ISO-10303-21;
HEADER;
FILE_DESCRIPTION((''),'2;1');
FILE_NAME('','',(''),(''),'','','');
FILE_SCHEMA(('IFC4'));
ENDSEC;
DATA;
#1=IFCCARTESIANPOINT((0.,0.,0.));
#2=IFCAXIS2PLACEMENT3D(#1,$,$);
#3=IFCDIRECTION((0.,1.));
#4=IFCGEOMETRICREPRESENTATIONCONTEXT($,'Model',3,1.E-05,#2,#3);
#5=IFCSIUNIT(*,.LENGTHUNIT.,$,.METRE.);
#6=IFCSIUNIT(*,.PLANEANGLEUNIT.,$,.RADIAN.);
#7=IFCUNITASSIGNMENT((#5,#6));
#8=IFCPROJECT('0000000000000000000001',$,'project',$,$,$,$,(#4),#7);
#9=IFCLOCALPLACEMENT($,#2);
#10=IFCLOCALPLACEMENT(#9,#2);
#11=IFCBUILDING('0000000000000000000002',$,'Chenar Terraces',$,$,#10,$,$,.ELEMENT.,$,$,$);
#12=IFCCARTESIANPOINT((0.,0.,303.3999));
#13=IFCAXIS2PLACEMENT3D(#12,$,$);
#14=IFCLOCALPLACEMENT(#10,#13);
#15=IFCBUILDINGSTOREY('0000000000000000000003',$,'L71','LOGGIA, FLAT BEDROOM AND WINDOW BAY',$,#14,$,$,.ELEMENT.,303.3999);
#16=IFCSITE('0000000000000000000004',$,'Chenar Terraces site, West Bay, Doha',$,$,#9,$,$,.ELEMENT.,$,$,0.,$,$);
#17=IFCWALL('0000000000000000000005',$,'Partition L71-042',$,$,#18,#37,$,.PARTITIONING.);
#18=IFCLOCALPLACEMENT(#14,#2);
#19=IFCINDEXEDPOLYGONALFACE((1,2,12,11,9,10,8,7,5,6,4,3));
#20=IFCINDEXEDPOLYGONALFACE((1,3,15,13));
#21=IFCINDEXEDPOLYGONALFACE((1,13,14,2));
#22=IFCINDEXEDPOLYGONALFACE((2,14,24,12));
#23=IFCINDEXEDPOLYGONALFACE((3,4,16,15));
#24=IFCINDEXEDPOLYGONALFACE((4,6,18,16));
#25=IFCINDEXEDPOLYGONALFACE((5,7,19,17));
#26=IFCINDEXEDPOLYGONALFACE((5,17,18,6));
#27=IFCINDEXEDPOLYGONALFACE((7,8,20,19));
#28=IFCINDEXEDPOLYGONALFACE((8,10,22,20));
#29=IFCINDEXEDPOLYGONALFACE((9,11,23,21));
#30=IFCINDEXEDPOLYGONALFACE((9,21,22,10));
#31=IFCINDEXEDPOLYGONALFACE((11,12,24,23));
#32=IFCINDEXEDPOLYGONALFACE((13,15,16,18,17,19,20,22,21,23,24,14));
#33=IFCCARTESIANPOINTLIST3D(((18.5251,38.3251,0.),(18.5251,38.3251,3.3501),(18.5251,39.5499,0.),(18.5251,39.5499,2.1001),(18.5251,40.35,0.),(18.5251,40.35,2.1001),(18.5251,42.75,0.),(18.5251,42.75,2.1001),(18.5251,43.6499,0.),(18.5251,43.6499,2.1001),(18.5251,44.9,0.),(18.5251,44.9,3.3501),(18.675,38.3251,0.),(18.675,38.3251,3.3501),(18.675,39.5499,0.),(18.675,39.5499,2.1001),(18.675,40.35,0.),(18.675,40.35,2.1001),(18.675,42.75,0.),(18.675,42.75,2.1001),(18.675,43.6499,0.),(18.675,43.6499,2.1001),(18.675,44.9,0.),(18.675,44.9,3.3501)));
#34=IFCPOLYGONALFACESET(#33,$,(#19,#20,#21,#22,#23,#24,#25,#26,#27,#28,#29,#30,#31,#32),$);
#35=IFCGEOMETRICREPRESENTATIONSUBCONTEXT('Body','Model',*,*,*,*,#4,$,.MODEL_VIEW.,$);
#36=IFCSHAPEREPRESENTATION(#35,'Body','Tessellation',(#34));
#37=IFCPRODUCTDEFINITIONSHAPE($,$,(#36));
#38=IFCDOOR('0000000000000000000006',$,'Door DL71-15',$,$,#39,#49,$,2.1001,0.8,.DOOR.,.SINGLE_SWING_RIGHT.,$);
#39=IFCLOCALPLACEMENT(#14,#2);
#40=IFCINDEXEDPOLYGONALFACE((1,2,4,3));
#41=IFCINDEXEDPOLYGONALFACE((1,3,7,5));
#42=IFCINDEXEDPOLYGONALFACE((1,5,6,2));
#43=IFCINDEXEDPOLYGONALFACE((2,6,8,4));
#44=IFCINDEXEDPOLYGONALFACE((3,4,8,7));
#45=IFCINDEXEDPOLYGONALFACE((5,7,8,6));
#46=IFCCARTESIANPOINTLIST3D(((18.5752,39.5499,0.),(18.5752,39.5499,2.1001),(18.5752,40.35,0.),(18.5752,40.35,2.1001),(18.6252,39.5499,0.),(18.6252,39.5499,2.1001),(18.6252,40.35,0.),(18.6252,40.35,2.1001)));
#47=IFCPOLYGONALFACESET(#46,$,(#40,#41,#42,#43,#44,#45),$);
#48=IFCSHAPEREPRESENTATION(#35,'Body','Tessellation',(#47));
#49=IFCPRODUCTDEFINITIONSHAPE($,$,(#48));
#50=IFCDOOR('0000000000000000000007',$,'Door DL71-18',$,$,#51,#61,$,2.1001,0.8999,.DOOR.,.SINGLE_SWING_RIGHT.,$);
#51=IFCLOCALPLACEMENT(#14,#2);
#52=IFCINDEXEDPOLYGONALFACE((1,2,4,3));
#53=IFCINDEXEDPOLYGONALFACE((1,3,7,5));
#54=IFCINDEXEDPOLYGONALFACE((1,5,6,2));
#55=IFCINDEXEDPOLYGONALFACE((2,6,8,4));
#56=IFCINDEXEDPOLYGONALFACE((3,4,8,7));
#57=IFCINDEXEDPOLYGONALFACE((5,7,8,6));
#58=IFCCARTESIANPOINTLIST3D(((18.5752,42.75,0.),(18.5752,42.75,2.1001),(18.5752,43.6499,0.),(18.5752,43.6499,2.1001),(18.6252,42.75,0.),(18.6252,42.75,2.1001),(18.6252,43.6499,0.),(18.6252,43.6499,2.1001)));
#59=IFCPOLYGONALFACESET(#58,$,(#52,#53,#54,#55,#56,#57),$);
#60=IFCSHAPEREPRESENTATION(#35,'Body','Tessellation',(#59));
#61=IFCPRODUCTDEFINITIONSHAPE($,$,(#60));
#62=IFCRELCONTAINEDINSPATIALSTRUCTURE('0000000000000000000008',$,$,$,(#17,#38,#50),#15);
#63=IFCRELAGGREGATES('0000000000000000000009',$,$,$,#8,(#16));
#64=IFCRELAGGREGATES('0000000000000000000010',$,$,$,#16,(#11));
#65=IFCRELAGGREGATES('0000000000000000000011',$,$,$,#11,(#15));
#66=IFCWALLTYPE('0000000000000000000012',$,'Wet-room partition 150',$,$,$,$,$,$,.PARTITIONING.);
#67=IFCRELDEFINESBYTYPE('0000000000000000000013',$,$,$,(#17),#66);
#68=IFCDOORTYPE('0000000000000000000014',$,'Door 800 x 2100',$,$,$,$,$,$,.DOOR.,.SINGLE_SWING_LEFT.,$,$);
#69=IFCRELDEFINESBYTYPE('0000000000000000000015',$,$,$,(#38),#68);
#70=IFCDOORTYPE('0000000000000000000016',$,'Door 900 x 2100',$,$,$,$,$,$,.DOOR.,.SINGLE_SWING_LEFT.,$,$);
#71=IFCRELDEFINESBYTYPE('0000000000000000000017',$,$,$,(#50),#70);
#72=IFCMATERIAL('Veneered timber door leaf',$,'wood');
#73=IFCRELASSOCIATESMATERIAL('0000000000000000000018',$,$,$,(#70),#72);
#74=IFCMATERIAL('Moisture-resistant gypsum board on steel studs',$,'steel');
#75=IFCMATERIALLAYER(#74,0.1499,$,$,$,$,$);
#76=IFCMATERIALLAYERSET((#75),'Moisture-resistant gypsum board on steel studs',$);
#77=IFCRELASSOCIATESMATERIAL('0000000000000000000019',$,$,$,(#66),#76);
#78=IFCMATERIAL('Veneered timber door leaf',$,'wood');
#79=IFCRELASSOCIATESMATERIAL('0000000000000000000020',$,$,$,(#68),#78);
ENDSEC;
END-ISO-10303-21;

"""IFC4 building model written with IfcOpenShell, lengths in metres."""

from ifc_helpers import new_model, si_unit, direction, frame, frame_2d, origin, place, context, subcontext, project, spatial, rectangle, extrude, material, layer, layer_set, type_object, element, fill, save


model = new_model("IFC4")

# Units and contexts
model_context = context("Model", 3, precision=1e-05, world=origin(), true_north=direction((0.0, 1.0)))
body_context = subcontext(model_context, "Body", "Model", "MODEL_VIEW")
ifc_project = project(units=[si_unit("LENGTHUNIT", "METRE"), si_unit("PLANEANGLEUNIT", "RADIAN")], contexts=[model_context])

# Site, building, storey
site_placement = place(None, origin())
site = spatial("IfcSite", under=ifc_project, at=site_placement, Name="Chenar Terraces site, West Bay, Doha", CompositionType="ELEMENT", RefElevation=0.0)
building_placement = place(site_placement, origin())
building = spatial("IfcBuilding", under=site, at=building_placement, Name="Chenar Terraces", CompositionType="ELEMENT")
storey_placement = place(building_placement, frame((0.0, 0.0, 303.3999)))
storey = spatial("IfcBuildingStorey", under=building, at=storey_placement, Name="L71", Description="LOGGIA, FLAT BEDROOM AND WINDOW BAY", CompositionType="ELEMENT", Elevation=303.3999)

# Shared definitions
ifc_material_1 = material(Name="Veneered timber door leaf", Category="wood")
door_type_1 = type_object("IfcDoorType", Name="Door 900 x 2100", OperationType="SINGLE_SWING_LEFT", PredefinedType="DOOR", material=ifc_material_1)

# Shared definitions
ifc_material_2 = material(Name="Moisture-resistant gypsum board on steel studs", Category="steel")
ifc_layer_1 = layer(ifc_material_2, 0.1499)
ifc_layer_set_1 = layer_set([ifc_layer_1], Name="Moisture-resistant gypsum board on steel studs")
wall_type_1 = type_object("IfcWallType", Name="Wet-room partition 150", PredefinedType="PARTITIONING", material=ifc_layer_set_1)

# Shared definitions
ifc_material_3 = material(Name="Veneered timber door leaf", Category="wood")
door_type_2 = type_object("IfcDoorType", Name="Door 800 x 2100", OperationType="SINGLE_SWING_LEFT", PredefinedType="DOOR", material=ifc_material_3)

# Wall, openings, doors
wall_1_placement = place(storey_placement, frame((18.6001, 38.325, 0.0), z_axis=(0.0, 0.0, 1.0), x_axis=(0.0, 1.0, 0.0)))
wall_1 = element("IfcWall", 1, at=wall_1_placement, inside=storey, type_object=wall_type_1, Name="Partition L71-042", PredefinedType="PARTITIONING", context=body_context, shape_type="SweptSolid", body=[
    extrude(rectangle(XDim=6.575, YDim=0.1499, at=frame_2d((3.2876, 0.0))), origin(), (0.0, 0.0, 1.0), 3.3501),
])
opening_1_placement = place(wall_1_placement, frame((1.2251, 0.0, 0.0)))
opening_1 = element("IfcOpeningElement", 2, at=opening_1_placement, cuts=wall_1, PredefinedType="OPENING", context=body_context, shape_type="SweptSolid", body=[
    extrude(rectangle(XDim=0.8, YDim=2.1001, at=frame_2d((0.3999, 1.05))), frame((0.0, 0.085, 0.0), z_axis=(0.0, -1.0, 0.0), x_axis=(1.0, 0.0, 0.0)), (0.0, 0.0, 1.0), 0.1699),
])
opening_2_placement = place(wall_1_placement, frame((4.425, 0.0, 0.0)))
opening_2 = element("IfcOpeningElement", 3, at=opening_2_placement, cuts=wall_1, PredefinedType="OPENING", context=body_context, shape_type="SweptSolid", body=[
    extrude(rectangle(XDim=0.8999, YDim=2.1001, at=frame_2d((0.45, 1.05))), frame((0.0, 0.085, 0.0), z_axis=(0.0, -1.0, 0.0), x_axis=(1.0, 0.0, 0.0)), (0.0, 0.0, 1.0), 0.1699),
])
door_1_placement = place(opening_1_placement, origin())
door_1 = element("IfcDoor", 4, at=door_1_placement, inside=storey, type_object=door_type_2, Name="Door DL71-15", OperationType="SINGLE_SWING_RIGHT", OverallHeight=2.1001, OverallWidth=0.8, PredefinedType="DOOR", context=body_context, shape_type="SweptSolid", body=[
    extrude(rectangle(XDim=0.8, YDim=2.1001, at=frame_2d((0.3999, 1.05))), frame((0.0, 0.0249, 0.0), z_axis=(0.0, -1.0, 0.0), x_axis=(1.0, 0.0, 0.0)), (0.0, 0.0, 1.0), 0.05),
])
fill(opening_1, door_1)
door_2_placement = place(opening_2_placement, origin())
door_2 = element("IfcDoor", 5, at=door_2_placement, inside=storey, type_object=door_type_1, Name="Door DL71-18", OperationType="SINGLE_SWING_RIGHT", OverallHeight=2.1001, OverallWidth=0.8999, PredefinedType="DOOR", context=body_context, shape_type="SweptSolid", body=[
    extrude(rectangle(XDim=0.8999, YDim=2.1001, at=frame_2d((0.45, 1.05))), frame((0.0, 0.0249, 0.0), z_axis=(0.0, -1.0, 0.0), x_axis=(1.0, 0.0, 0.0)), (0.0, 0.0, 1.0), 0.05),
])
fill(opening_2, door_2)

save(model, "model.ifc")
